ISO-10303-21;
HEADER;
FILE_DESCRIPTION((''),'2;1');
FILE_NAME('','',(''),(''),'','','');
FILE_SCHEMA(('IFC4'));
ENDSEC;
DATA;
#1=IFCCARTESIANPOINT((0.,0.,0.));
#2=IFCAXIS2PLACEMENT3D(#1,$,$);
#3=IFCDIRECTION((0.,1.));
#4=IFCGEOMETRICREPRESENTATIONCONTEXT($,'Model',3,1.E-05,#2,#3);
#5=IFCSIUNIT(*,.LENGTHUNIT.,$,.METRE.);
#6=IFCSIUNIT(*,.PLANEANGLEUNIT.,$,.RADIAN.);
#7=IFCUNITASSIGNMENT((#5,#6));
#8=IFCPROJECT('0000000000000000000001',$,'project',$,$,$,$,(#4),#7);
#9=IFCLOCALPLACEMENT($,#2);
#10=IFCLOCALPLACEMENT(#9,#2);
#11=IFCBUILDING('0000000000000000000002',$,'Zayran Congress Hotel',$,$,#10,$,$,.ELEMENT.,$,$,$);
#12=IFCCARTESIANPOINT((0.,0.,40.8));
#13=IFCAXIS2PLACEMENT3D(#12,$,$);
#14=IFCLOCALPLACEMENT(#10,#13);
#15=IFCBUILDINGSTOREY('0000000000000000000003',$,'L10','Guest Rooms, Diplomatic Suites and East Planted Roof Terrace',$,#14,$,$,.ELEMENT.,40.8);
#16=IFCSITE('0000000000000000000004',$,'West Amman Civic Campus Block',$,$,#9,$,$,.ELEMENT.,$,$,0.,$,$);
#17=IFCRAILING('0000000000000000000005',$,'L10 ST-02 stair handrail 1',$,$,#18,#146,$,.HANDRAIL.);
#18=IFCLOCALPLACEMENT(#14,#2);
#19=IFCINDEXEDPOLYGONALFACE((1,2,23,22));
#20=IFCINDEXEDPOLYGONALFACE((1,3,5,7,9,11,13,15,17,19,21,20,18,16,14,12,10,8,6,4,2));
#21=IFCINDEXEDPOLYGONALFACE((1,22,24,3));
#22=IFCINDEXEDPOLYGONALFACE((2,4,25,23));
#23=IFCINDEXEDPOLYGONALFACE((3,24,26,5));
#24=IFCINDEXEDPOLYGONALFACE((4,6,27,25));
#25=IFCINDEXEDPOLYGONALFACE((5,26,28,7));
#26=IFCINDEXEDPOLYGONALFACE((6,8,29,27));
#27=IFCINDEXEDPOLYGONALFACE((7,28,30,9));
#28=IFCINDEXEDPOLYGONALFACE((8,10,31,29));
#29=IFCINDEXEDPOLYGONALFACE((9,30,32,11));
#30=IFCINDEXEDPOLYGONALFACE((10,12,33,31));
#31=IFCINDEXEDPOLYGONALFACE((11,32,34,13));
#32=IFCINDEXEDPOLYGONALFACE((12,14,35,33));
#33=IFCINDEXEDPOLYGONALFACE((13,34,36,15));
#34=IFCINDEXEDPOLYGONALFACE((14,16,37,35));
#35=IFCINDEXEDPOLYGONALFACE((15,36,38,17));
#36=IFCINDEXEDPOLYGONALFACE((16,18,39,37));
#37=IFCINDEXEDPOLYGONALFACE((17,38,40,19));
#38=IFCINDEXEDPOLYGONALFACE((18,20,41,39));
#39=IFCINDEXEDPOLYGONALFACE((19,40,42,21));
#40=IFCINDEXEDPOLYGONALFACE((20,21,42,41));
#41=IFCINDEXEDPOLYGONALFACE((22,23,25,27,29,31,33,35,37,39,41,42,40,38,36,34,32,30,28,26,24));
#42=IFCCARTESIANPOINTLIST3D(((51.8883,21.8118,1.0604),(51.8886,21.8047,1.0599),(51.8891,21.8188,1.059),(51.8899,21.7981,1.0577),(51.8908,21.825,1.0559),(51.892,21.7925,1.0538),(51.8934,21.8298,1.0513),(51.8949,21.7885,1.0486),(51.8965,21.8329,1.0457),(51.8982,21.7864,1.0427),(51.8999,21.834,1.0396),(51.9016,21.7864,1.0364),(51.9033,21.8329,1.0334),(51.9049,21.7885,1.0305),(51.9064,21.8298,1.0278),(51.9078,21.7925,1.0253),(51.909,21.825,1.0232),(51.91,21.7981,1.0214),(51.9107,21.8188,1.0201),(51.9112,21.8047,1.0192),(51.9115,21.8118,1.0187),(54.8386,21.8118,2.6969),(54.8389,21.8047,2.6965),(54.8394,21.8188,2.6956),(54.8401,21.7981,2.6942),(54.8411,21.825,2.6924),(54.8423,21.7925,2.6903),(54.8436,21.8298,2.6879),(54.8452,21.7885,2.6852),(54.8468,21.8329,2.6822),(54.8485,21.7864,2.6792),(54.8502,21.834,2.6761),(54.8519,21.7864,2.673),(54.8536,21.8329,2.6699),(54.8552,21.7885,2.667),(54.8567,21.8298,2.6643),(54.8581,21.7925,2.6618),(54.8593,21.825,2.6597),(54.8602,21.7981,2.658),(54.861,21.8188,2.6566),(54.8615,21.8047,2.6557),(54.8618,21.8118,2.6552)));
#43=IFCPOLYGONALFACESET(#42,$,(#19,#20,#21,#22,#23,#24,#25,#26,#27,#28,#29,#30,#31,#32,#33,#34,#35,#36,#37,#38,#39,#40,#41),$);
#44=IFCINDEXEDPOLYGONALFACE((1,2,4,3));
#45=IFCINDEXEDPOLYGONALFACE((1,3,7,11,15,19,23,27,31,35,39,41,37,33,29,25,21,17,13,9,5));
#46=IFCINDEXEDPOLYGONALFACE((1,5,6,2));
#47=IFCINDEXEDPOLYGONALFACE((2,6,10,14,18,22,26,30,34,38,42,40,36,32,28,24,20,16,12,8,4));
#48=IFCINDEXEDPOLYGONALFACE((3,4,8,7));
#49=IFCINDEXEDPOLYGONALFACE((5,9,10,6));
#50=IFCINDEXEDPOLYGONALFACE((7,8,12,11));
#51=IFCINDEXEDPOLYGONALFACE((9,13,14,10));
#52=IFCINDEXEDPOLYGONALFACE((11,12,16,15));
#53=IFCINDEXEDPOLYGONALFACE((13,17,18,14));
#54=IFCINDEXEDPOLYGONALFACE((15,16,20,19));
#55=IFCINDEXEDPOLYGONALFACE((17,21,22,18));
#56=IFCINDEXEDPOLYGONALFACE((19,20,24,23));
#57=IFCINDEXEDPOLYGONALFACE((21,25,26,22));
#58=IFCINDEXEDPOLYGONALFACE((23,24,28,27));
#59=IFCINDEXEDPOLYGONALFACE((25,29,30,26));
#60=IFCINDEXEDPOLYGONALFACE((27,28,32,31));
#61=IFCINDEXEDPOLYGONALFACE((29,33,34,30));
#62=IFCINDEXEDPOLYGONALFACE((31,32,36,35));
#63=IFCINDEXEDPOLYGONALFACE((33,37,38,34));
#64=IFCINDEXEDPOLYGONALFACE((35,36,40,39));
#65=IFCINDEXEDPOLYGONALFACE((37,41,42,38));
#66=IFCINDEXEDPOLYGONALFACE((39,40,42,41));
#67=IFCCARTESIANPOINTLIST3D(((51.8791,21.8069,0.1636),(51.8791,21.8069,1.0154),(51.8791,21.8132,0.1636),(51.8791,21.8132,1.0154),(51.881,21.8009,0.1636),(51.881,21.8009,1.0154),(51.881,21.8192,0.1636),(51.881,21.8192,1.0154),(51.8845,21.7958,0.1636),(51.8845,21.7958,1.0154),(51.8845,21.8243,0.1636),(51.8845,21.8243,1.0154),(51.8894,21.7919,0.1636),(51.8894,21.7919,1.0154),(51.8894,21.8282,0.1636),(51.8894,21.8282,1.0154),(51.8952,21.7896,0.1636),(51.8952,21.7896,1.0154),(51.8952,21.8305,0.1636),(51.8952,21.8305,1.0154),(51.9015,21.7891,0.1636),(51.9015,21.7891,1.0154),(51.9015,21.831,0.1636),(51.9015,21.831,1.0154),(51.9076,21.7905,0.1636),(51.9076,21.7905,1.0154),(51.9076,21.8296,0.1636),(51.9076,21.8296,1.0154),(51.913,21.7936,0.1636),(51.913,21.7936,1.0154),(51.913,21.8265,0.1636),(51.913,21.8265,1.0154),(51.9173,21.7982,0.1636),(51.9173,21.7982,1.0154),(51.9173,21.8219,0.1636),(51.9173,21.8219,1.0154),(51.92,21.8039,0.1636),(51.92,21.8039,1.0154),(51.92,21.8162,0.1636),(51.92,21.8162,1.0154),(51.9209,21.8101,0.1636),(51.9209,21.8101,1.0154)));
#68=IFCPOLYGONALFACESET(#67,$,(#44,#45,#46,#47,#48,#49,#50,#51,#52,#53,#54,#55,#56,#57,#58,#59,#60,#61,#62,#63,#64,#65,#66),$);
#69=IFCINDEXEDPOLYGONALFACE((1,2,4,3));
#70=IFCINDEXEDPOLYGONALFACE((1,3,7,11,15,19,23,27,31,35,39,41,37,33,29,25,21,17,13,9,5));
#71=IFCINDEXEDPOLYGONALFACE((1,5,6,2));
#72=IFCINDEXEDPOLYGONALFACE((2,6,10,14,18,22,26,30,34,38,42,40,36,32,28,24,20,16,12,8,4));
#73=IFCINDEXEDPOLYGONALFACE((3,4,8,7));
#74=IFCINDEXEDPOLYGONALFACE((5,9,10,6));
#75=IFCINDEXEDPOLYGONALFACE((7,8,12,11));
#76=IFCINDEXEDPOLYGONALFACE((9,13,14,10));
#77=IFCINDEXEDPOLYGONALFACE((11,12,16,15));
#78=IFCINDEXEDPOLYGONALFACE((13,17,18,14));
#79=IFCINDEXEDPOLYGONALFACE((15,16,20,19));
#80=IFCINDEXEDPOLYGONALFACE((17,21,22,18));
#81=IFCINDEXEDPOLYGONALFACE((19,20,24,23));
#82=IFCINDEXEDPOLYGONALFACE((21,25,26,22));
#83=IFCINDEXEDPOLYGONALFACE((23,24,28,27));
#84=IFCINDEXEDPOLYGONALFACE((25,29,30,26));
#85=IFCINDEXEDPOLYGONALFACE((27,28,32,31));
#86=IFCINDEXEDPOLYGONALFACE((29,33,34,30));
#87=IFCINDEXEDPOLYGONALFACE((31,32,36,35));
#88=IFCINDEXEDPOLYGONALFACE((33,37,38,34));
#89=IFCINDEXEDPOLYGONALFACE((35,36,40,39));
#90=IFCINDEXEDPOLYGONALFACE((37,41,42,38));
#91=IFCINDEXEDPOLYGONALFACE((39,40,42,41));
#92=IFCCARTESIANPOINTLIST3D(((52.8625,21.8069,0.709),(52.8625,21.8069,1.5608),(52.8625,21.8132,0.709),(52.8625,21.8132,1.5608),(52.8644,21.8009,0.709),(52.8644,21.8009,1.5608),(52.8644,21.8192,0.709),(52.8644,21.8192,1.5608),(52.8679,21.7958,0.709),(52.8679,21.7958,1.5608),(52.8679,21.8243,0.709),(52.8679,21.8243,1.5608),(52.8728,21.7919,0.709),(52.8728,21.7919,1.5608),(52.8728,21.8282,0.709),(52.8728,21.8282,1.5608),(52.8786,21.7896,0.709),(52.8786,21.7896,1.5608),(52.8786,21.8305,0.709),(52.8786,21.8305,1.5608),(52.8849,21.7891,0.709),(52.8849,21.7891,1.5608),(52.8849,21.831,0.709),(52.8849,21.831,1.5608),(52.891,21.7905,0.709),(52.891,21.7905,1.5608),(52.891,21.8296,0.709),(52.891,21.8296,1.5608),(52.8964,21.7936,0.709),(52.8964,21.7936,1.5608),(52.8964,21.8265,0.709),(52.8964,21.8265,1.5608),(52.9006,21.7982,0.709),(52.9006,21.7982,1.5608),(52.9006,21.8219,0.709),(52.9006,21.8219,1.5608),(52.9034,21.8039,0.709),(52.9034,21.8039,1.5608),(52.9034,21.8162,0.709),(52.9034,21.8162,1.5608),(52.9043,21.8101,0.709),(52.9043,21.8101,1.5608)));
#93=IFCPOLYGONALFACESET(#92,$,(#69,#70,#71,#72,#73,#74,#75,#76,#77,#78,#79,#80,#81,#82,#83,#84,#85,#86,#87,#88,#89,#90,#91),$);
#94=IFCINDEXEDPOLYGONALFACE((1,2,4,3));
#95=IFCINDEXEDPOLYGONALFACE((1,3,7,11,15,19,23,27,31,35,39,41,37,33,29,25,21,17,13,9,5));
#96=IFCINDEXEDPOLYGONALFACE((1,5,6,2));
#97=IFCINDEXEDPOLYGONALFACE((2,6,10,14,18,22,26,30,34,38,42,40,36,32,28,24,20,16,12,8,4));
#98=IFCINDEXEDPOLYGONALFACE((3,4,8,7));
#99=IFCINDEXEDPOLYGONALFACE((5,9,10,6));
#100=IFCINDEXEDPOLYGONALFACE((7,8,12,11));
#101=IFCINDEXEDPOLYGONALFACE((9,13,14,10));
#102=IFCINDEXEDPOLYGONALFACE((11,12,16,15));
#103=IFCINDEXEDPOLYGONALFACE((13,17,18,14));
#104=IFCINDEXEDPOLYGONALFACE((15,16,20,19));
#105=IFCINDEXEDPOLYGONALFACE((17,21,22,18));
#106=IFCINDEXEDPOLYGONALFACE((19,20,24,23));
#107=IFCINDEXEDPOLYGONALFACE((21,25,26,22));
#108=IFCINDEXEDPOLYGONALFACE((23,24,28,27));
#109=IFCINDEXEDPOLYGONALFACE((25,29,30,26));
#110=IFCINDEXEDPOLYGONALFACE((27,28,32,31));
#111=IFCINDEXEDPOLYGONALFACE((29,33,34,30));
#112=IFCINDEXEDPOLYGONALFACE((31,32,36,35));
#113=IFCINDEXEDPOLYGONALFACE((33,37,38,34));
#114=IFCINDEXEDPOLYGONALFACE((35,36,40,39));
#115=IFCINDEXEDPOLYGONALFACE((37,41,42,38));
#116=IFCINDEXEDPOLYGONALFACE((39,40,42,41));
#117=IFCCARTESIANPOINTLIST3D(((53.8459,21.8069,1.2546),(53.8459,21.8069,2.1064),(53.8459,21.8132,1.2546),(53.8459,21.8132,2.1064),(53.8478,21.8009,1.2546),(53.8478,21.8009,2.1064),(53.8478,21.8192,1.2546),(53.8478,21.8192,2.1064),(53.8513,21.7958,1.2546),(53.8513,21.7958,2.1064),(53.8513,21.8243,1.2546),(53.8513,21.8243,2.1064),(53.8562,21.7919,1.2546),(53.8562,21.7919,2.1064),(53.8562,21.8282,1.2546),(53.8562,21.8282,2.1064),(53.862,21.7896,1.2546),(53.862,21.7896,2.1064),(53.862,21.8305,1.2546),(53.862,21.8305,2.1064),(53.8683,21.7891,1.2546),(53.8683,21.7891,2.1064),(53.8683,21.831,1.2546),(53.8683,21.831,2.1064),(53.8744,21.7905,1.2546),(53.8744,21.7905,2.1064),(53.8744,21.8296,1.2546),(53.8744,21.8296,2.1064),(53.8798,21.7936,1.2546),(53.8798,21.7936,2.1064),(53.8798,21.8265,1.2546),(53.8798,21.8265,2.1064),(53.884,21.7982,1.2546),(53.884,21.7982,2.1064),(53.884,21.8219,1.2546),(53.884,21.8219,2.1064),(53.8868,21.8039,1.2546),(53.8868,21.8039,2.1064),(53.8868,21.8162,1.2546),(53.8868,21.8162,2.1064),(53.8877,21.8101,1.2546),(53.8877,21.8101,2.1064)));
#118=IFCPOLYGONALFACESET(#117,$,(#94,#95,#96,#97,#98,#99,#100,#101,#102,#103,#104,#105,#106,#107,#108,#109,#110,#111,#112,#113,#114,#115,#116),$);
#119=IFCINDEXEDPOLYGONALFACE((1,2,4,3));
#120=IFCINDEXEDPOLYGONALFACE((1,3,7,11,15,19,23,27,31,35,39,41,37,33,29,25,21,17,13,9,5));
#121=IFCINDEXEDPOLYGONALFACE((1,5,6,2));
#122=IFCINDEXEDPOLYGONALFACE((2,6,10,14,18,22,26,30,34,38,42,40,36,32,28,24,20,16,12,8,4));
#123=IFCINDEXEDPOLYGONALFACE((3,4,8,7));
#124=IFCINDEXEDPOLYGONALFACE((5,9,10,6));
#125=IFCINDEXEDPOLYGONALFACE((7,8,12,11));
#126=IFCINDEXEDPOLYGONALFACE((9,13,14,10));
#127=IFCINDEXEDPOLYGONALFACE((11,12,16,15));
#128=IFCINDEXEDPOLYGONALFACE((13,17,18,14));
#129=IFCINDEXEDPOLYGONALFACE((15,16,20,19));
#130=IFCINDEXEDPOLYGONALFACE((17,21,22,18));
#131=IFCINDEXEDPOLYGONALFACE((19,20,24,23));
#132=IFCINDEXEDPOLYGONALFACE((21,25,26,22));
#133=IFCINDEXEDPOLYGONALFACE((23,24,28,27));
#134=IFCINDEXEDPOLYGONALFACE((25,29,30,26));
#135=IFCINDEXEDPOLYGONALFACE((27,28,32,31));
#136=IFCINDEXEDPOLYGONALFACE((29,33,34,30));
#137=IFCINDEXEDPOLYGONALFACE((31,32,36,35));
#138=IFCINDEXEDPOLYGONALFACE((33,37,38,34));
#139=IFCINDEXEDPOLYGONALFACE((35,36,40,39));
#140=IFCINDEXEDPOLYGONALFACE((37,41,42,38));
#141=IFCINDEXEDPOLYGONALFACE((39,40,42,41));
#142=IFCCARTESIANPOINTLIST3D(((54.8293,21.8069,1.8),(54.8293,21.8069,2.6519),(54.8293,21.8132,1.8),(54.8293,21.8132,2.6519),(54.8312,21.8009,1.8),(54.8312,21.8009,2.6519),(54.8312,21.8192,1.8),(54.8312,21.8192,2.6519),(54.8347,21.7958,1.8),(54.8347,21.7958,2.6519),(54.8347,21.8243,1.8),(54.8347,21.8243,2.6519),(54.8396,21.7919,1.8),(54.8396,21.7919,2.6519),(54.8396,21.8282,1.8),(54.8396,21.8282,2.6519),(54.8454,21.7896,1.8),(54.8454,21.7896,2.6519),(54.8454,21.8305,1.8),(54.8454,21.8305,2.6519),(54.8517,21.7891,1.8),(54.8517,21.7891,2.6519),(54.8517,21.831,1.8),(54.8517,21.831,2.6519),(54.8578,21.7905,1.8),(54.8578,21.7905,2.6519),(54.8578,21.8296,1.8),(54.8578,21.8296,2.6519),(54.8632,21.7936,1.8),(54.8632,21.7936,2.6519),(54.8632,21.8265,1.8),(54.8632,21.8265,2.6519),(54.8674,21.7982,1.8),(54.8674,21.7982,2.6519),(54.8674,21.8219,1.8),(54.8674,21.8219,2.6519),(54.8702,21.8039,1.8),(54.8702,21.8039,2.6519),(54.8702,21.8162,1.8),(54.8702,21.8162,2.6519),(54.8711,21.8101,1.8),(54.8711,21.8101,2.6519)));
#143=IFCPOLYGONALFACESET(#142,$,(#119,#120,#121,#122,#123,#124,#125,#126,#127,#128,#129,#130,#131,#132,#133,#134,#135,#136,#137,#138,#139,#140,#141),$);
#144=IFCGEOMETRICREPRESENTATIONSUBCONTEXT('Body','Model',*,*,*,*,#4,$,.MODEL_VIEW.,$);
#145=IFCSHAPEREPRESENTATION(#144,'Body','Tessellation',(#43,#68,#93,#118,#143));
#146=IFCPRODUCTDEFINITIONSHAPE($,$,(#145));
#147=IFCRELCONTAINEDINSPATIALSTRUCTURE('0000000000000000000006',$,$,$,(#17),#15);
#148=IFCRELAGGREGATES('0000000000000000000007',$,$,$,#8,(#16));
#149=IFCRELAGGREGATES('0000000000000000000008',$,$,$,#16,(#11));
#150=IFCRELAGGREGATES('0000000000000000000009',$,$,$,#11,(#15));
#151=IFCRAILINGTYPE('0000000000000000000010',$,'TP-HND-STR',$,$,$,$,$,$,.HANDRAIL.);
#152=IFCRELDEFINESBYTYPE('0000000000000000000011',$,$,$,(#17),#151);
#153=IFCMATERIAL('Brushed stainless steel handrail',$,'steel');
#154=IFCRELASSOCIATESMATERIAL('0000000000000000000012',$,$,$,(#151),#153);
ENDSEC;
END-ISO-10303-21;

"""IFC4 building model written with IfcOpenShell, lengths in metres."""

from ifc_helpers import new_model, si_unit, direction, frame, origin, origin_2d, place, context, subcontext, project, spatial, circle, extrude, material, type_object, element, save


model = new_model("IFC4")

# Units and contexts
model_context = context("Model", 3, precision=1e-05, world=origin(), true_north=direction((0.0, 1.0)))
body_context = subcontext(model_context, "Body", "Model", "MODEL_VIEW")
ifc_project = project(units=[si_unit("LENGTHUNIT", "METRE"), si_unit("PLANEANGLEUNIT", "RADIAN")], contexts=[model_context])

# Site, building, storey
site_placement = place(None, origin())
site = spatial("IfcSite", under=ifc_project, at=site_placement, Name="West Amman Civic Campus Block", CompositionType="ELEMENT", RefElevation=0.0)
building_placement = place(site_placement, origin())
building = spatial("IfcBuilding", under=site, at=building_placement, Name="Zayran Congress Hotel", CompositionType="ELEMENT")
storey_placement = place(building_placement, frame((0.0, 0.0, 40.8)))
storey = spatial("IfcBuildingStorey", under=building, at=storey_placement, Name="L10", Description="Guest Rooms, Diplomatic Suites and East Planted Roof Terrace", CompositionType="ELEMENT", Elevation=40.8)

# Railing
ifc_material_1 = material(Name="Brushed stainless steel handrail", Category="steel")
railing_type_1 = type_object("IfcRailingType", Name="TP-HND-STR", PredefinedType="HANDRAIL", material=ifc_material_1)
railing_1_placement = place(storey_placement, frame((51.8999, 21.8101, 0.1636)))
element("IfcRailing", 1, at=railing_1_placement, inside=storey, type_object=railing_type_1, Name="L10 ST-02 stair handrail 1", PredefinedType="HANDRAIL", context=body_context, shape_type="SweptSolid", body=[
    extrude(circle(Radius=0.0239, at=origin_2d()), frame((0.0, 0.0, 0.876), z_axis=(0.874475, 0.0, 0.485071), x_axis=(0.0, 1.0, 0.0)), (0.0, 0.0, 1.0), 3.3738),
    extrude(circle(Radius=0.021, at=origin_2d()), origin(), (0.0, 0.0, 1.0), 0.8518),
    extrude(circle(Radius=0.021, at=origin_2d()), frame((0.9834, 0.0, 0.5454)), (0.0, 0.0, 1.0), 0.8518),
    extrude(circle(Radius=0.021, at=origin_2d()), frame((1.9668, 0.0, 1.0911)), (0.0, 0.0, 1.0), 0.8518),
    extrude(circle(Radius=0.021, at=origin_2d()), frame((2.9502, 0.0, 1.6365)), (0.0, 0.0, 1.0), 0.8518),
])

save(model, "model.ifc")
